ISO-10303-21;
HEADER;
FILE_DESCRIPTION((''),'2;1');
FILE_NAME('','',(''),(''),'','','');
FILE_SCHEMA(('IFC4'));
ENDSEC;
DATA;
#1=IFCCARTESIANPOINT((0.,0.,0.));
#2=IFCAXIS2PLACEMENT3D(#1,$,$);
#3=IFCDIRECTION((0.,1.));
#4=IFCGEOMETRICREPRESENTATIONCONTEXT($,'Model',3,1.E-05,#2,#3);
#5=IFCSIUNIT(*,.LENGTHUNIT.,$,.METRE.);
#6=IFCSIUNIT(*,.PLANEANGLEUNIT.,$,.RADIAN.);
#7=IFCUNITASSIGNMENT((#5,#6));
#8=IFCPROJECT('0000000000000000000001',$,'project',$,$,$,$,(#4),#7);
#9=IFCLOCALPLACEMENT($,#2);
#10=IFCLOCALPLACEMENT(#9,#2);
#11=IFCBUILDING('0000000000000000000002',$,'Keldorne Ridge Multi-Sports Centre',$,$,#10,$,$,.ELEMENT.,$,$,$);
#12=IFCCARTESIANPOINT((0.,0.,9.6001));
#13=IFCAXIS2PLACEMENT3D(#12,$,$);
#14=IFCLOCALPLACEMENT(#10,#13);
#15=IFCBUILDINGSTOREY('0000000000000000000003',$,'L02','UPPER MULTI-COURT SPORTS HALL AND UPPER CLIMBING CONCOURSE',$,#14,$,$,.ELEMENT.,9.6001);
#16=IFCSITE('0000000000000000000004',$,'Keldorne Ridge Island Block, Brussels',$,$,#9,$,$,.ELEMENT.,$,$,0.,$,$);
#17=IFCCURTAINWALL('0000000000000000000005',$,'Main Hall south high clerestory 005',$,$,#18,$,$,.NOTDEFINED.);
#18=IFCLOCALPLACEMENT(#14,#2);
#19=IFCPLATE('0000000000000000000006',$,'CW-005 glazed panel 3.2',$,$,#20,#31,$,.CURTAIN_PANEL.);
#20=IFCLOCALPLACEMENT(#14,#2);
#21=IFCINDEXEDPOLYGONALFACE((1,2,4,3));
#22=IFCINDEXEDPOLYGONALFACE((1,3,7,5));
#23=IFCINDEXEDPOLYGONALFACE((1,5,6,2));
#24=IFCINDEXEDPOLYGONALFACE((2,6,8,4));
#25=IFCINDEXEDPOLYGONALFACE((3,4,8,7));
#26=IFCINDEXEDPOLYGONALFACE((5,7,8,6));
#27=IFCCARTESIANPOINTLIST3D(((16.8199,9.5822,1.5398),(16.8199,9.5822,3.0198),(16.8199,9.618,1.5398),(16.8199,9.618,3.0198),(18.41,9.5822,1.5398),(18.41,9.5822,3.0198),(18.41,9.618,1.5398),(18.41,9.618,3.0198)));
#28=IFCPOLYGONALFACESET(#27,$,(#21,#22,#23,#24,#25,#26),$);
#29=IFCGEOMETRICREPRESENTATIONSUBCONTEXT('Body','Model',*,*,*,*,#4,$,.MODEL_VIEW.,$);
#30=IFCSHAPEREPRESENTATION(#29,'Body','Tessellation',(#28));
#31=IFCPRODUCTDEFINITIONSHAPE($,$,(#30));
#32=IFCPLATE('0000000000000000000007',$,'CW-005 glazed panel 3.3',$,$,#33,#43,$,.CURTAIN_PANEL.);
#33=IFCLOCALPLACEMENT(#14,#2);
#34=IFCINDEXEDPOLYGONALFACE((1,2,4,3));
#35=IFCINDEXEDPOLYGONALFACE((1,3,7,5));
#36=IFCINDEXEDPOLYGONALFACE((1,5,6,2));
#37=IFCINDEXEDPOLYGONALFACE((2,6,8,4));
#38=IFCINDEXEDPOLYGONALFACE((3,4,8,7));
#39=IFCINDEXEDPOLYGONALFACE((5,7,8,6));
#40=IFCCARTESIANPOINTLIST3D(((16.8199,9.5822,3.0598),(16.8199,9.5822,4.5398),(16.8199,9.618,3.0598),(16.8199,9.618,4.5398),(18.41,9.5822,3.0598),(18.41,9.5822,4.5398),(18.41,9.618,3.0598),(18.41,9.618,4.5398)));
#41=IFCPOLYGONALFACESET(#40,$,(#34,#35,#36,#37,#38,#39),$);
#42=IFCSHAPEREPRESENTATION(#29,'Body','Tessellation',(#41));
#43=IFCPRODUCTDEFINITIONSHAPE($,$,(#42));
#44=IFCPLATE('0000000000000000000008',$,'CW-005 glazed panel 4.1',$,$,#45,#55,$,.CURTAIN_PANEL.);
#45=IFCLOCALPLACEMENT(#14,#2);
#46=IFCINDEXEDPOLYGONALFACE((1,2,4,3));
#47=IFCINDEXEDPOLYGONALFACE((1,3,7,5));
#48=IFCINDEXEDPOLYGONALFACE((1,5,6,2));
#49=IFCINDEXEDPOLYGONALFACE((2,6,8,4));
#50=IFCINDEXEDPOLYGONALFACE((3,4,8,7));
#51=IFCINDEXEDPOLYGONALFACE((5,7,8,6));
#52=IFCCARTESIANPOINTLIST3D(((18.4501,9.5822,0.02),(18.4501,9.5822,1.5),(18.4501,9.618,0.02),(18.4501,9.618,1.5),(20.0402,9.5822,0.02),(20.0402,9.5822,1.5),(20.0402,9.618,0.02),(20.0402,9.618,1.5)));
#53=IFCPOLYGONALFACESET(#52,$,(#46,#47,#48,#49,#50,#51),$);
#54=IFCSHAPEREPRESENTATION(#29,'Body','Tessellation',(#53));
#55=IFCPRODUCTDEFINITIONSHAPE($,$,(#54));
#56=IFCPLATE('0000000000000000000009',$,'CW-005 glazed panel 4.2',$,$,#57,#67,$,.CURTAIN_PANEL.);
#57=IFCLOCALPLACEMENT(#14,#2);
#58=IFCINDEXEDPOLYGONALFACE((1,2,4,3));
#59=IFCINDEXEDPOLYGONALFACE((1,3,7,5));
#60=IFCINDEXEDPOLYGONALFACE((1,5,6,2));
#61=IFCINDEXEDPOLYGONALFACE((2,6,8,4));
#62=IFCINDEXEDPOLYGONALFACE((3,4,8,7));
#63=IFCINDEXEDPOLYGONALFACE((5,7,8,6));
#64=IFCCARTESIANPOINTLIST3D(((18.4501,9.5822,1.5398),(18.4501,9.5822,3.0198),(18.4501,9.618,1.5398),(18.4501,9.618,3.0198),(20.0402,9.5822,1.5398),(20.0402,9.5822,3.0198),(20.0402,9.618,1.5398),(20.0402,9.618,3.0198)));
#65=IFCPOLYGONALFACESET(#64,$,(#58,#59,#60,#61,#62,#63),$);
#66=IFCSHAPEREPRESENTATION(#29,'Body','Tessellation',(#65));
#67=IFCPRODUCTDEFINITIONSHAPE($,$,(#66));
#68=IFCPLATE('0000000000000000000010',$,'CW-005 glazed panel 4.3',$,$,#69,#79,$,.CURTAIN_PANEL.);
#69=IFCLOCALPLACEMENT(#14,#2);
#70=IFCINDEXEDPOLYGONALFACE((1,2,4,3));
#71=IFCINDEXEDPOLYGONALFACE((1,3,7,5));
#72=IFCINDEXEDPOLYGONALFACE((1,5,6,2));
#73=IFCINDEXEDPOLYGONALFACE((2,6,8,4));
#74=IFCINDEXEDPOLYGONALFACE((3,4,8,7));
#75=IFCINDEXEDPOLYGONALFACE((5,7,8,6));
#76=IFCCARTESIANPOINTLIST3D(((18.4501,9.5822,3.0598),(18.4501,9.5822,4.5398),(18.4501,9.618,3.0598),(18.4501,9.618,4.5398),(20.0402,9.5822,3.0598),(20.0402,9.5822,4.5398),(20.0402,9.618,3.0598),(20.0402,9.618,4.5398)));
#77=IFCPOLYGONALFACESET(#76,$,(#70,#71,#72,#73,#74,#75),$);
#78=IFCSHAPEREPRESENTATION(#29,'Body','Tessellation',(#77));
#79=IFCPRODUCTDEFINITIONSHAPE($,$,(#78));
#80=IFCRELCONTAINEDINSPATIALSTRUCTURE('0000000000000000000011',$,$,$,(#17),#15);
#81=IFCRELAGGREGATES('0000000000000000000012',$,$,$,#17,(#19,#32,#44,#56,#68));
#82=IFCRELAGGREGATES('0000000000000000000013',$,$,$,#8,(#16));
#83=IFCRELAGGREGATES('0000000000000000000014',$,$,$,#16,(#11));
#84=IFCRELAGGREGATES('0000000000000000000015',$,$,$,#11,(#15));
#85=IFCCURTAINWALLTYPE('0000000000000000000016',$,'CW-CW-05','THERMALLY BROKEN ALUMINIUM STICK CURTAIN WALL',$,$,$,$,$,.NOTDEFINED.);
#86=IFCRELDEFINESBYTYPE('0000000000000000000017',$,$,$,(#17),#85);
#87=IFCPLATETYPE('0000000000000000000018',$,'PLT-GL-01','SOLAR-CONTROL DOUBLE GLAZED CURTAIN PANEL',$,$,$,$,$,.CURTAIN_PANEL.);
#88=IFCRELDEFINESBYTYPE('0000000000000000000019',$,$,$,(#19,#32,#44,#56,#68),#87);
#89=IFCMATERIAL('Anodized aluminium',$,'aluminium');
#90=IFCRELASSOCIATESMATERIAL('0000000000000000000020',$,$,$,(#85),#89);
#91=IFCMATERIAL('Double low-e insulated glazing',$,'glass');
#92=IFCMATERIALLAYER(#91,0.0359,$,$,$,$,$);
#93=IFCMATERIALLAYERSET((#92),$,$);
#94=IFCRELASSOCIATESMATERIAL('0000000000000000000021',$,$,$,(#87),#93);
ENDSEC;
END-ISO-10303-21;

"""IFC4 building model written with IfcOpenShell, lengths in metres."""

from ifc_helpers import new_model, si_unit, direction, frame, origin, origin_2d, place, context, subcontext, project, spatial, rectangle, extrude, material, layer, layer_set, type_object, element, aggregate, save


model = new_model("IFC4")

# Units and contexts
model_context = context("Model", 3, precision=1e-05, world=origin(), true_north=direction((0.0, 1.0)))
body_context = subcontext(model_context, "Body", "Model", "MODEL_VIEW")
ifc_project = project(units=[si_unit("LENGTHUNIT", "METRE"), si_unit("PLANEANGLEUNIT", "RADIAN")], contexts=[model_context])

# Site, building, storey
site_placement = place(None, origin())
site = spatial("IfcSite", under=ifc_project, at=site_placement, Name="Keldorne Ridge Island Block, Brussels", CompositionType="ELEMENT", RefElevation=0.0)
building_placement = place(site_placement, origin())
building = spatial("IfcBuilding", under=site, at=building_placement, Name="Keldorne Ridge Multi-Sports Centre", CompositionType="ELEMENT")
storey_placement = place(building_placement, frame((0.0, 0.0, 9.6001)))
storey = spatial("IfcBuildingStorey", under=building, at=storey_placement, Name="L02", Description="UPPER MULTI-COURT SPORTS HALL AND UPPER CLIMBING CONCOURSE", CompositionType="ELEMENT", Elevation=9.6001)

# Curtain wall, plates
ifc_material_1 = material(Name="Anodized aluminium", Category="aluminium")
curtain_wall_type = type_object("IfcCurtainWallType", Name="CW-CW-05", Description="THERMALLY BROKEN ALUMINIUM STICK CURTAIN WALL", PredefinedType="NOTDEFINED", material=ifc_material_1)
curtain_wall_placement = place(storey_placement, origin())
curtain_wall = element("IfcCurtainWall", 1, at=curtain_wall_placement, inside=storey, type_object=curtain_wall_type, Name="Main Hall south high clerestory 005", PredefinedType="NOTDEFINED")
ifc_material_2 = material(Name="Double low-e insulated glazing", Category="glass")
ifc_layer = layer(ifc_material_2, 0.0359)
ifc_layer_set = layer_set([ifc_layer])
plate_type = type_object("IfcPlateType", Name="PLT-GL-01", Description="SOLAR-CONTROL DOUBLE GLAZED CURTAIN PANEL", PredefinedType="CURTAIN_PANEL", material=ifc_layer_set)
plate_1_placement = place(storey_placement, frame((17.615, 9.6001, 1.5398), z_axis=(0.0, 0.0, 1.0), x_axis=(1.0, 0.0, 0.0)))
plate_1 = element("IfcPlate", 2, at=plate_1_placement, type_object=plate_type, Name="CW-005 glazed panel 3.2", PredefinedType="CURTAIN_PANEL", context=body_context, shape_type="SweptSolid", body=[
    extrude(rectangle(XDim=1.5901, YDim=0.0359, at=origin_2d()), origin(), (0.0, 0.0, 1.0), 1.48),
])
plate_2_placement = place(storey_placement, frame((17.615, 9.6001, 3.0598), z_axis=(0.0, 0.0, 1.0), x_axis=(1.0, 0.0, 0.0)))
plate_2 = element("IfcPlate", 3, at=plate_2_placement, type_object=plate_type, Name="CW-005 glazed panel 3.3", PredefinedType="CURTAIN_PANEL", context=body_context, shape_type="SweptSolid", body=[
    extrude(rectangle(XDim=1.5901, YDim=0.0359, at=origin_2d()), origin(), (0.0, 0.0, 1.0), 1.48),
])
plate_3_placement = place(storey_placement, frame((19.2451, 9.6001, 0.02), z_axis=(0.0, 0.0, 1.0), x_axis=(1.0, 0.0, 0.0)))
plate_3 = element("IfcPlate", 4, at=plate_3_placement, type_object=plate_type, Name="CW-005 glazed panel 4.1", PredefinedType="CURTAIN_PANEL", context=body_context, shape_type="SweptSolid", body=[
    extrude(rectangle(XDim=1.5901, YDim=0.0359, at=origin_2d()), origin(), (0.0, 0.0, 1.0), 1.48),
])
plate_4_placement = place(storey_placement, frame((19.2451, 9.6001, 1.5398), z_axis=(0.0, 0.0, 1.0), x_axis=(1.0, 0.0, 0.0)))
plate_4 = element("IfcPlate", 5, at=plate_4_placement, type_object=plate_type, Name="CW-005 glazed panel 4.2", PredefinedType="CURTAIN_PANEL", context=body_context, shape_type="SweptSolid", body=[
    extrude(rectangle(XDim=1.5901, YDim=0.0359, at=origin_2d()), origin(), (0.0, 0.0, 1.0), 1.48),
])
plate_5_placement = place(storey_placement, frame((19.2451, 9.6001, 3.0598), z_axis=(0.0, 0.0, 1.0), x_axis=(1.0, 0.0, 0.0)))
plate_5 = element("IfcPlate", 6, at=plate_5_placement, type_object=plate_type, Name="CW-005 glazed panel 4.3", PredefinedType="CURTAIN_PANEL", context=body_context, shape_type="SweptSolid", body=[
    extrude(rectangle(XDim=1.5901, YDim=0.0359, at=origin_2d()), origin(), (0.0, 0.0, 1.0), 1.48),
])
aggregate(curtain_wall, [plate_1, plate_2, plate_3, plate_4, plate_5])

save(model, "model.ifc")
